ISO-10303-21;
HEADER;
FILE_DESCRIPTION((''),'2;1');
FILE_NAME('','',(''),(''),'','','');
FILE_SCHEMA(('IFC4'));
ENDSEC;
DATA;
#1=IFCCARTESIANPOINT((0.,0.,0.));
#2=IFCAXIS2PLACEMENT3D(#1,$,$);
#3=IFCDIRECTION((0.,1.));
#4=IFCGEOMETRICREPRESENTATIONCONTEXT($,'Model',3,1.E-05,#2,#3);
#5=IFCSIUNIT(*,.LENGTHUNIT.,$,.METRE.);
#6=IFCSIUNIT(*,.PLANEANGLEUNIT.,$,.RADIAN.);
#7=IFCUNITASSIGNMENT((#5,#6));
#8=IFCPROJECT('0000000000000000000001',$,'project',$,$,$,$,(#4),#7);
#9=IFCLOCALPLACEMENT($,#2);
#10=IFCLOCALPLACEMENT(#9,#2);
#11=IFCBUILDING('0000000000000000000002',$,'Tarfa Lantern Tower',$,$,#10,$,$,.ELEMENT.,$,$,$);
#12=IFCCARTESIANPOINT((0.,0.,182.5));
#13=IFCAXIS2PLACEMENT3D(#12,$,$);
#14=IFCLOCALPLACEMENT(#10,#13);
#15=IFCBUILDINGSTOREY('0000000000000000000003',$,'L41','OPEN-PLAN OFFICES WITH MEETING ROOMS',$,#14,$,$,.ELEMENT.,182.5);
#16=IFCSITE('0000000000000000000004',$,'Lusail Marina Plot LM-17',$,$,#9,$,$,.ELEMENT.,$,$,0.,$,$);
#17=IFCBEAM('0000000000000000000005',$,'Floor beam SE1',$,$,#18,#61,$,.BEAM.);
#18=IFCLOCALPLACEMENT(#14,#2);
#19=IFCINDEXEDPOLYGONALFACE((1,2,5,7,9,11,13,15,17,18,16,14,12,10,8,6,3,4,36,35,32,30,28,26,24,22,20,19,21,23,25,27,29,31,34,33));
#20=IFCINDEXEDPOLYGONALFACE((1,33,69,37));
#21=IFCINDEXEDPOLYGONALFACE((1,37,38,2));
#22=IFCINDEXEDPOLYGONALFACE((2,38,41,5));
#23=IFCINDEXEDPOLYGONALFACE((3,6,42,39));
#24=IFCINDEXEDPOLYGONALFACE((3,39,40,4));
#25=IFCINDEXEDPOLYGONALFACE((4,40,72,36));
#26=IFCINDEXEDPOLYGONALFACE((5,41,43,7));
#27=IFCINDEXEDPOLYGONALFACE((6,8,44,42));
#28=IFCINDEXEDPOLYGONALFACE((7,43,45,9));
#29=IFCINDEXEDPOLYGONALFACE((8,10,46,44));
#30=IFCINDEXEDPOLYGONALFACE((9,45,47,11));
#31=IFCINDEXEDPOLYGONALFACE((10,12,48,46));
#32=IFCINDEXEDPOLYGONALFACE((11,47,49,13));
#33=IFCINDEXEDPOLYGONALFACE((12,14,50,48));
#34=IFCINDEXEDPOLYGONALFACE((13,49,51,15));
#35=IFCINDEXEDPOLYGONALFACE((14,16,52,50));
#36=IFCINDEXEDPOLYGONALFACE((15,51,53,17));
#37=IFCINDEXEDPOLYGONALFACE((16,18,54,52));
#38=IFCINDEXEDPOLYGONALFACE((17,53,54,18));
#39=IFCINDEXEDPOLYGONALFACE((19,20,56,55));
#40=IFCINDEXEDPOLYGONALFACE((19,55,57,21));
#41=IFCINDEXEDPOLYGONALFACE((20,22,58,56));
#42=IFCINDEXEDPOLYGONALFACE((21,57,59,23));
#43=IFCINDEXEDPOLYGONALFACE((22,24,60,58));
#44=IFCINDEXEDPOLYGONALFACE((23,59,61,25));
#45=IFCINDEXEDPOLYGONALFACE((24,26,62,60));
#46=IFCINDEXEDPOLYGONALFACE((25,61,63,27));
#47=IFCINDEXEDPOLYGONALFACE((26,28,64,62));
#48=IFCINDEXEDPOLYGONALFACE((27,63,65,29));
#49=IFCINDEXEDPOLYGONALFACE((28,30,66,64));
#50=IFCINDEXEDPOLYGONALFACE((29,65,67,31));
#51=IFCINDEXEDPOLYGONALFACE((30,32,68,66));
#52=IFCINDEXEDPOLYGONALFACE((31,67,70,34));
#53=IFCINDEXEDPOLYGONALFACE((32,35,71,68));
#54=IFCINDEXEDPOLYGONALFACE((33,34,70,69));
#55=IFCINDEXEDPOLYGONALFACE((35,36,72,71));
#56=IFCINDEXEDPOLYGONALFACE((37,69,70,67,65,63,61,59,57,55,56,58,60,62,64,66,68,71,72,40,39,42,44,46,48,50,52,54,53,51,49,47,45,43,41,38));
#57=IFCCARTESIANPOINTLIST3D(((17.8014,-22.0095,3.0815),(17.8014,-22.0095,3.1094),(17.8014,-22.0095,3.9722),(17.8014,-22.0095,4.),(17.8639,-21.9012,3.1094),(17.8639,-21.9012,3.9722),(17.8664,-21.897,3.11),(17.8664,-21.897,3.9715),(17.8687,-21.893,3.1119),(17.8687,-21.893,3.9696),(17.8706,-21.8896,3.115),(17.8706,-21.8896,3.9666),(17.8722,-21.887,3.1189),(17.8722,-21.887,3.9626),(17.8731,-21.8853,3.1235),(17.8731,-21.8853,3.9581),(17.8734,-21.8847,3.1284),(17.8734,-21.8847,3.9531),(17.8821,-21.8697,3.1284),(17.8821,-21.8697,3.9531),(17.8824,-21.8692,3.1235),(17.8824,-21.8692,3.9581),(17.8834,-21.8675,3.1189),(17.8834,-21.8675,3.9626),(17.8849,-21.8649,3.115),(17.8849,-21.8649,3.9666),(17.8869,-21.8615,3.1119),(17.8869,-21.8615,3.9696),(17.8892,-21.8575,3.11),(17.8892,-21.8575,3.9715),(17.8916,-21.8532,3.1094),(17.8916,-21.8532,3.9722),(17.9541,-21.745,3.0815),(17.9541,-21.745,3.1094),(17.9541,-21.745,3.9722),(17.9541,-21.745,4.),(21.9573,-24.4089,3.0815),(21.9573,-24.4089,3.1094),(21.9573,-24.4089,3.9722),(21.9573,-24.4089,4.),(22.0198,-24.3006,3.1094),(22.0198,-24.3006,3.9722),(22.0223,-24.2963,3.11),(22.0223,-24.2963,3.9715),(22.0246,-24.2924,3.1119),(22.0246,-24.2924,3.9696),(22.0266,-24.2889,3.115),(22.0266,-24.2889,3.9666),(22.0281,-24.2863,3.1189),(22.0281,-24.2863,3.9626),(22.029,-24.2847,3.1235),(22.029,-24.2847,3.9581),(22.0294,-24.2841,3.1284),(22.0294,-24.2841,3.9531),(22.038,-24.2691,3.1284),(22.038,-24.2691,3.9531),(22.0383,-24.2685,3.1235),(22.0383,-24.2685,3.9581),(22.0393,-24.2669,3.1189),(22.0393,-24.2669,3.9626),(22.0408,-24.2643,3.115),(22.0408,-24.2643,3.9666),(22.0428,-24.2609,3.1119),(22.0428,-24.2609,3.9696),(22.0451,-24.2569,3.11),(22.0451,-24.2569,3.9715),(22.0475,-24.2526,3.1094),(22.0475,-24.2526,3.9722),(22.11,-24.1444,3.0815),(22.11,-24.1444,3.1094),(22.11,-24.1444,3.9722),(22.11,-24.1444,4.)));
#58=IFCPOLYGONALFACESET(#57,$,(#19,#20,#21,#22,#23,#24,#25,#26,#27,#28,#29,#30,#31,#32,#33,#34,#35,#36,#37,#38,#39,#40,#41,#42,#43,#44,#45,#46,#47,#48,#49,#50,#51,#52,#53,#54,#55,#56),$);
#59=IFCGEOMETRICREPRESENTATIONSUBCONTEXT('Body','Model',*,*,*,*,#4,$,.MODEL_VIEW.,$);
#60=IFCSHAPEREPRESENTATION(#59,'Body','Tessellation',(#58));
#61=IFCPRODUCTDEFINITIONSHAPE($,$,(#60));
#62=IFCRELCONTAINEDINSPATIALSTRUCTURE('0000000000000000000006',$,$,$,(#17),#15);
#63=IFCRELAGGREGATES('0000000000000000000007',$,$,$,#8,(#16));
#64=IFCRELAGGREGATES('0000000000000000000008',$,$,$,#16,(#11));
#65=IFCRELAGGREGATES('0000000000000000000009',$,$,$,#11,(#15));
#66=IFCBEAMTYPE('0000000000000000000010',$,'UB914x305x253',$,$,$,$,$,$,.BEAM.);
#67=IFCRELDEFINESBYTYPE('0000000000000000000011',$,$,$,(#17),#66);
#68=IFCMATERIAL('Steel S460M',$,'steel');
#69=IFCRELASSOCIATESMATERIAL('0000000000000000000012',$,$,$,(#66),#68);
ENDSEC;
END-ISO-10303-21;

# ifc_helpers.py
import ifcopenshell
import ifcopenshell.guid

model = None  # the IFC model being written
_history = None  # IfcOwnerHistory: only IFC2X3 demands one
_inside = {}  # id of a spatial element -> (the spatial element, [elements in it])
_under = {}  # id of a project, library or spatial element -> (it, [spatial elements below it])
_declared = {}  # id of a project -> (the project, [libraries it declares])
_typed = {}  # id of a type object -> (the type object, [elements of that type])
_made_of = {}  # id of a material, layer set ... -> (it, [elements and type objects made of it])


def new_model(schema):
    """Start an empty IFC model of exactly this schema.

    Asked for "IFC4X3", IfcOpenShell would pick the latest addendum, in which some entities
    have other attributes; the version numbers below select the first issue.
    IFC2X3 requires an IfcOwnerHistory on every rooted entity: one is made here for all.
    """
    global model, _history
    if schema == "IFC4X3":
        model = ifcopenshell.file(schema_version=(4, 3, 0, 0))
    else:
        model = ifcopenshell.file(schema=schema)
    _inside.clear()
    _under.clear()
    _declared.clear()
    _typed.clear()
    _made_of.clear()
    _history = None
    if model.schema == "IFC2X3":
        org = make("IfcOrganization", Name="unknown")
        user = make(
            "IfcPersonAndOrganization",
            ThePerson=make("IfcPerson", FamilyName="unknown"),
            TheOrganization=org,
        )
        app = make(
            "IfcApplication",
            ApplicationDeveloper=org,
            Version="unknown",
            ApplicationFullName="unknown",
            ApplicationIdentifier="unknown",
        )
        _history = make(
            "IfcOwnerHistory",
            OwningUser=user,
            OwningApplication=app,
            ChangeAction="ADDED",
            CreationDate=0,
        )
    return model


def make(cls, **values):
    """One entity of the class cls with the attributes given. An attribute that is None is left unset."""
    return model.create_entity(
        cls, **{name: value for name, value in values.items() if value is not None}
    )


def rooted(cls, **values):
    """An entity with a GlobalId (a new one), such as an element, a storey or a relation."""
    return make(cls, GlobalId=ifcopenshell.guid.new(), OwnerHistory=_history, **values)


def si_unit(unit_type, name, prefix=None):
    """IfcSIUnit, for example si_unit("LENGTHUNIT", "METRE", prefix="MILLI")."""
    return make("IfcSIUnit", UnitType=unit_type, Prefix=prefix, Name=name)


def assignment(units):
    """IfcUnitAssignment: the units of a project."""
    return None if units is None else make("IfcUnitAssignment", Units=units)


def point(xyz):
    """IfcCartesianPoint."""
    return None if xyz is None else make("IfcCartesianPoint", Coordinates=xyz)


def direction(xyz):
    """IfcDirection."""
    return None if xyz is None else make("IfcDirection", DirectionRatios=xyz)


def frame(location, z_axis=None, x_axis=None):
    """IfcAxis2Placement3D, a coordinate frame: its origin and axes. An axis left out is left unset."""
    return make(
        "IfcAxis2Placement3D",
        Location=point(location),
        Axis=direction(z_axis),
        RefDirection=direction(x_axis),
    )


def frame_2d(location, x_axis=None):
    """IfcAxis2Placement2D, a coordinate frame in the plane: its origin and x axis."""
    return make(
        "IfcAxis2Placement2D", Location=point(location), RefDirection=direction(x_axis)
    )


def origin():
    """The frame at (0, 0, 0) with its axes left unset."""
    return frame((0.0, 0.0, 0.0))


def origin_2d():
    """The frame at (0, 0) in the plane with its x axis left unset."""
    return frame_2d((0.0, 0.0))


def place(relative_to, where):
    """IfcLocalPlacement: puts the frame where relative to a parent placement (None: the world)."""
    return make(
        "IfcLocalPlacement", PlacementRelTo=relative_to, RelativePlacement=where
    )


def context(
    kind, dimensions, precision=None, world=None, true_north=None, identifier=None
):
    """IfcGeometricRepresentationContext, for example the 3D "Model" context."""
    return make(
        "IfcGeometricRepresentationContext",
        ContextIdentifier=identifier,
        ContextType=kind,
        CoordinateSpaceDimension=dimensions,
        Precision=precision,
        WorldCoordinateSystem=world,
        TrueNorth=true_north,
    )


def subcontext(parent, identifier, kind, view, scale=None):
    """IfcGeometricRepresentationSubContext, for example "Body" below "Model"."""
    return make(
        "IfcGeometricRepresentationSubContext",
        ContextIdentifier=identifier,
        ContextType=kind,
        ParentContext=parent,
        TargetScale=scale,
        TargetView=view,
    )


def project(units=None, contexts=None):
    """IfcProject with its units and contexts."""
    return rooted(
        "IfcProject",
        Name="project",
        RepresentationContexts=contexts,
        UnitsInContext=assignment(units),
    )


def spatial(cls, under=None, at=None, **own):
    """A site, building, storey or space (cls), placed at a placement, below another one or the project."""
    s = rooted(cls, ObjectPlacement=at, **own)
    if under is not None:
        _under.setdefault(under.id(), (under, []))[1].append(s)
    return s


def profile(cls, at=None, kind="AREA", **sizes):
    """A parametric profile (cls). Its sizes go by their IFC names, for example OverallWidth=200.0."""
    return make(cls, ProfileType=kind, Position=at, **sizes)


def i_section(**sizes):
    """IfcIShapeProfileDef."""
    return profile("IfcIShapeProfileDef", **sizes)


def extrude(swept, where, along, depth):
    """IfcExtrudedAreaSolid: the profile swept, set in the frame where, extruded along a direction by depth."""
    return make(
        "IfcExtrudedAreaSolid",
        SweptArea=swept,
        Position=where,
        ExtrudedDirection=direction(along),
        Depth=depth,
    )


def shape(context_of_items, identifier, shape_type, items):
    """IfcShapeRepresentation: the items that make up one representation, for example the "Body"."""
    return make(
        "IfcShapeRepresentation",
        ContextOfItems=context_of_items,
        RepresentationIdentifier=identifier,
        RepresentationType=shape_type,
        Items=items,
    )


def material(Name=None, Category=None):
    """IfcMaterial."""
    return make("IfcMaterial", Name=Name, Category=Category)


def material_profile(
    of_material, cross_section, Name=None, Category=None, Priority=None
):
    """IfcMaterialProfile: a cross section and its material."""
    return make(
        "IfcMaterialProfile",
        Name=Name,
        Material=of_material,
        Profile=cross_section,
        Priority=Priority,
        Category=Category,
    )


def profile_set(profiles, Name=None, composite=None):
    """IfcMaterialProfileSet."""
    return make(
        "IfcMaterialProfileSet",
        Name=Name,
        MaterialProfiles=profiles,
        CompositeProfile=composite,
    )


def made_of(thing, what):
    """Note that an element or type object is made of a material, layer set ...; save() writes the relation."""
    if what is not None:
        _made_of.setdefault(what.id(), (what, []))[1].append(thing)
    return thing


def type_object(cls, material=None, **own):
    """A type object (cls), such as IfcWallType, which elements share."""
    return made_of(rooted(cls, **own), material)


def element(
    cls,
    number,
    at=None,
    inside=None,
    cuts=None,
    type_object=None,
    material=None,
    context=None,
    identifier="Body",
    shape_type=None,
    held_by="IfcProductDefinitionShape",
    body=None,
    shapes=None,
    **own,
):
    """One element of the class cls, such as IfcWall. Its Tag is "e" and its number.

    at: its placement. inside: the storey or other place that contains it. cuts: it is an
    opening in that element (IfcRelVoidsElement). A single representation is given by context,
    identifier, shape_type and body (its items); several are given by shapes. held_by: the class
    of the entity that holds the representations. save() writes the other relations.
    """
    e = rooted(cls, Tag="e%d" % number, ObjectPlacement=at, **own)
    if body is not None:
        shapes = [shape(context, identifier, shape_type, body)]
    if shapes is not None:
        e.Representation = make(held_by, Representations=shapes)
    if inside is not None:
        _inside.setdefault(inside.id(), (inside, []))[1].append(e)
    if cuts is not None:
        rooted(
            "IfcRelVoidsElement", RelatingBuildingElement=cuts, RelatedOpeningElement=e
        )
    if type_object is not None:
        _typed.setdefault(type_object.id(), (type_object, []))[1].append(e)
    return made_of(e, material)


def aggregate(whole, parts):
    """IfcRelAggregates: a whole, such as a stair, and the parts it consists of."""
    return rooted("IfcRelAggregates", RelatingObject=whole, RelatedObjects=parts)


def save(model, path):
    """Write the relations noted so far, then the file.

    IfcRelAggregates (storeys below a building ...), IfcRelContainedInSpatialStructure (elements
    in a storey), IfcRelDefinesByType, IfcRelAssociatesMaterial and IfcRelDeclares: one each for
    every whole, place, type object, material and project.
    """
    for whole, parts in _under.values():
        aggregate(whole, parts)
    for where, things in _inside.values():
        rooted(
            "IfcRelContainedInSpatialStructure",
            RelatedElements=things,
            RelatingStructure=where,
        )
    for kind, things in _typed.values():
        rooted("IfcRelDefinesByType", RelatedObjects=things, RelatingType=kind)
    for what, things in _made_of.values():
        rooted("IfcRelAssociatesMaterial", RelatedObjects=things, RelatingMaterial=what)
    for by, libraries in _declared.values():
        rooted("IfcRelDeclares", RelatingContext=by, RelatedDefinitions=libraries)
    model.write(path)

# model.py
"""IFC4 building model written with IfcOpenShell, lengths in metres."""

from ifc_helpers import new_model, si_unit, direction, frame, origin, origin_2d, place, context, subcontext, project, spatial, i_section, extrude, material, material_profile, profile_set, type_object, element, save


model = new_model("IFC4")

# Units and contexts
model_context = context("Model", 3, precision=1e-05, world=origin(), true_north=direction((0.0, 1.0)))
body_context = subcontext(model_context, "Body", "Model", "MODEL_VIEW")
ifc_project = project(units=[si_unit("LENGTHUNIT", "METRE"), si_unit("PLANEANGLEUNIT", "RADIAN")], contexts=[model_context])

# Site, building, storey
site_placement = place(None, origin())
site = spatial("IfcSite", under=ifc_project, at=site_placement, Name="Lusail Marina Plot LM-17", CompositionType="ELEMENT", RefElevation=0.0)
building_placement = place(site_placement, origin())
building = spatial("IfcBuilding", under=site, at=building_placement, Name="Tarfa Lantern Tower", CompositionType="ELEMENT")
storey_placement = place(building_placement, frame((0.0, 0.0, 182.5)))
storey = spatial("IfcBuildingStorey", under=building, at=storey_placement, Name="L41", Description="OPEN-PLAN OFFICES WITH MEETING ROOMS", CompositionType="ELEMENT", Elevation=182.5)

# Beam
ifc_material_1 = material(Name="Steel S460M", Category="steel")
ifc_material_profile_1 = material_profile(ifc_material_1, i_section(OverallWidth=0.3054, OverallDepth=0.9185, WebThickness=0.0173, FlangeThickness=0.0278, FilletRadius=0.019, at=origin_2d()), Name="UB914x305x253")
ifc_profile_set_1 = profile_set([ifc_material_profile_1], Name="Steel S460M")
beam_type_1 = type_object("IfcBeamType", Name="UB914x305x253", PredefinedType="BEAM", material=ifc_profile_set_1)
beam_1_placement = place(storey_placement, frame((22.0337, -24.2766, 3.5408), z_axis=(-0.866031, 0.499991, 0.0), x_axis=(-0.499991, -0.866031, 0.0)))
element("IfcBeam", 1, at=beam_1_placement, inside=storey, type_object=beam_type_1, Name="Floor beam SE1", PredefinedType="BEAM", context=body_context, shape_type="SweptSolid", body=[
    extrude(i_section(OverallWidth=0.3054, OverallDepth=0.9185, WebThickness=0.0173, FlangeThickness=0.0278, FilletRadius=0.019, at=origin_2d()), origin(), (0.0, 0.0, 1.0), 4.7988),
])

save(model, "model.ifc")
